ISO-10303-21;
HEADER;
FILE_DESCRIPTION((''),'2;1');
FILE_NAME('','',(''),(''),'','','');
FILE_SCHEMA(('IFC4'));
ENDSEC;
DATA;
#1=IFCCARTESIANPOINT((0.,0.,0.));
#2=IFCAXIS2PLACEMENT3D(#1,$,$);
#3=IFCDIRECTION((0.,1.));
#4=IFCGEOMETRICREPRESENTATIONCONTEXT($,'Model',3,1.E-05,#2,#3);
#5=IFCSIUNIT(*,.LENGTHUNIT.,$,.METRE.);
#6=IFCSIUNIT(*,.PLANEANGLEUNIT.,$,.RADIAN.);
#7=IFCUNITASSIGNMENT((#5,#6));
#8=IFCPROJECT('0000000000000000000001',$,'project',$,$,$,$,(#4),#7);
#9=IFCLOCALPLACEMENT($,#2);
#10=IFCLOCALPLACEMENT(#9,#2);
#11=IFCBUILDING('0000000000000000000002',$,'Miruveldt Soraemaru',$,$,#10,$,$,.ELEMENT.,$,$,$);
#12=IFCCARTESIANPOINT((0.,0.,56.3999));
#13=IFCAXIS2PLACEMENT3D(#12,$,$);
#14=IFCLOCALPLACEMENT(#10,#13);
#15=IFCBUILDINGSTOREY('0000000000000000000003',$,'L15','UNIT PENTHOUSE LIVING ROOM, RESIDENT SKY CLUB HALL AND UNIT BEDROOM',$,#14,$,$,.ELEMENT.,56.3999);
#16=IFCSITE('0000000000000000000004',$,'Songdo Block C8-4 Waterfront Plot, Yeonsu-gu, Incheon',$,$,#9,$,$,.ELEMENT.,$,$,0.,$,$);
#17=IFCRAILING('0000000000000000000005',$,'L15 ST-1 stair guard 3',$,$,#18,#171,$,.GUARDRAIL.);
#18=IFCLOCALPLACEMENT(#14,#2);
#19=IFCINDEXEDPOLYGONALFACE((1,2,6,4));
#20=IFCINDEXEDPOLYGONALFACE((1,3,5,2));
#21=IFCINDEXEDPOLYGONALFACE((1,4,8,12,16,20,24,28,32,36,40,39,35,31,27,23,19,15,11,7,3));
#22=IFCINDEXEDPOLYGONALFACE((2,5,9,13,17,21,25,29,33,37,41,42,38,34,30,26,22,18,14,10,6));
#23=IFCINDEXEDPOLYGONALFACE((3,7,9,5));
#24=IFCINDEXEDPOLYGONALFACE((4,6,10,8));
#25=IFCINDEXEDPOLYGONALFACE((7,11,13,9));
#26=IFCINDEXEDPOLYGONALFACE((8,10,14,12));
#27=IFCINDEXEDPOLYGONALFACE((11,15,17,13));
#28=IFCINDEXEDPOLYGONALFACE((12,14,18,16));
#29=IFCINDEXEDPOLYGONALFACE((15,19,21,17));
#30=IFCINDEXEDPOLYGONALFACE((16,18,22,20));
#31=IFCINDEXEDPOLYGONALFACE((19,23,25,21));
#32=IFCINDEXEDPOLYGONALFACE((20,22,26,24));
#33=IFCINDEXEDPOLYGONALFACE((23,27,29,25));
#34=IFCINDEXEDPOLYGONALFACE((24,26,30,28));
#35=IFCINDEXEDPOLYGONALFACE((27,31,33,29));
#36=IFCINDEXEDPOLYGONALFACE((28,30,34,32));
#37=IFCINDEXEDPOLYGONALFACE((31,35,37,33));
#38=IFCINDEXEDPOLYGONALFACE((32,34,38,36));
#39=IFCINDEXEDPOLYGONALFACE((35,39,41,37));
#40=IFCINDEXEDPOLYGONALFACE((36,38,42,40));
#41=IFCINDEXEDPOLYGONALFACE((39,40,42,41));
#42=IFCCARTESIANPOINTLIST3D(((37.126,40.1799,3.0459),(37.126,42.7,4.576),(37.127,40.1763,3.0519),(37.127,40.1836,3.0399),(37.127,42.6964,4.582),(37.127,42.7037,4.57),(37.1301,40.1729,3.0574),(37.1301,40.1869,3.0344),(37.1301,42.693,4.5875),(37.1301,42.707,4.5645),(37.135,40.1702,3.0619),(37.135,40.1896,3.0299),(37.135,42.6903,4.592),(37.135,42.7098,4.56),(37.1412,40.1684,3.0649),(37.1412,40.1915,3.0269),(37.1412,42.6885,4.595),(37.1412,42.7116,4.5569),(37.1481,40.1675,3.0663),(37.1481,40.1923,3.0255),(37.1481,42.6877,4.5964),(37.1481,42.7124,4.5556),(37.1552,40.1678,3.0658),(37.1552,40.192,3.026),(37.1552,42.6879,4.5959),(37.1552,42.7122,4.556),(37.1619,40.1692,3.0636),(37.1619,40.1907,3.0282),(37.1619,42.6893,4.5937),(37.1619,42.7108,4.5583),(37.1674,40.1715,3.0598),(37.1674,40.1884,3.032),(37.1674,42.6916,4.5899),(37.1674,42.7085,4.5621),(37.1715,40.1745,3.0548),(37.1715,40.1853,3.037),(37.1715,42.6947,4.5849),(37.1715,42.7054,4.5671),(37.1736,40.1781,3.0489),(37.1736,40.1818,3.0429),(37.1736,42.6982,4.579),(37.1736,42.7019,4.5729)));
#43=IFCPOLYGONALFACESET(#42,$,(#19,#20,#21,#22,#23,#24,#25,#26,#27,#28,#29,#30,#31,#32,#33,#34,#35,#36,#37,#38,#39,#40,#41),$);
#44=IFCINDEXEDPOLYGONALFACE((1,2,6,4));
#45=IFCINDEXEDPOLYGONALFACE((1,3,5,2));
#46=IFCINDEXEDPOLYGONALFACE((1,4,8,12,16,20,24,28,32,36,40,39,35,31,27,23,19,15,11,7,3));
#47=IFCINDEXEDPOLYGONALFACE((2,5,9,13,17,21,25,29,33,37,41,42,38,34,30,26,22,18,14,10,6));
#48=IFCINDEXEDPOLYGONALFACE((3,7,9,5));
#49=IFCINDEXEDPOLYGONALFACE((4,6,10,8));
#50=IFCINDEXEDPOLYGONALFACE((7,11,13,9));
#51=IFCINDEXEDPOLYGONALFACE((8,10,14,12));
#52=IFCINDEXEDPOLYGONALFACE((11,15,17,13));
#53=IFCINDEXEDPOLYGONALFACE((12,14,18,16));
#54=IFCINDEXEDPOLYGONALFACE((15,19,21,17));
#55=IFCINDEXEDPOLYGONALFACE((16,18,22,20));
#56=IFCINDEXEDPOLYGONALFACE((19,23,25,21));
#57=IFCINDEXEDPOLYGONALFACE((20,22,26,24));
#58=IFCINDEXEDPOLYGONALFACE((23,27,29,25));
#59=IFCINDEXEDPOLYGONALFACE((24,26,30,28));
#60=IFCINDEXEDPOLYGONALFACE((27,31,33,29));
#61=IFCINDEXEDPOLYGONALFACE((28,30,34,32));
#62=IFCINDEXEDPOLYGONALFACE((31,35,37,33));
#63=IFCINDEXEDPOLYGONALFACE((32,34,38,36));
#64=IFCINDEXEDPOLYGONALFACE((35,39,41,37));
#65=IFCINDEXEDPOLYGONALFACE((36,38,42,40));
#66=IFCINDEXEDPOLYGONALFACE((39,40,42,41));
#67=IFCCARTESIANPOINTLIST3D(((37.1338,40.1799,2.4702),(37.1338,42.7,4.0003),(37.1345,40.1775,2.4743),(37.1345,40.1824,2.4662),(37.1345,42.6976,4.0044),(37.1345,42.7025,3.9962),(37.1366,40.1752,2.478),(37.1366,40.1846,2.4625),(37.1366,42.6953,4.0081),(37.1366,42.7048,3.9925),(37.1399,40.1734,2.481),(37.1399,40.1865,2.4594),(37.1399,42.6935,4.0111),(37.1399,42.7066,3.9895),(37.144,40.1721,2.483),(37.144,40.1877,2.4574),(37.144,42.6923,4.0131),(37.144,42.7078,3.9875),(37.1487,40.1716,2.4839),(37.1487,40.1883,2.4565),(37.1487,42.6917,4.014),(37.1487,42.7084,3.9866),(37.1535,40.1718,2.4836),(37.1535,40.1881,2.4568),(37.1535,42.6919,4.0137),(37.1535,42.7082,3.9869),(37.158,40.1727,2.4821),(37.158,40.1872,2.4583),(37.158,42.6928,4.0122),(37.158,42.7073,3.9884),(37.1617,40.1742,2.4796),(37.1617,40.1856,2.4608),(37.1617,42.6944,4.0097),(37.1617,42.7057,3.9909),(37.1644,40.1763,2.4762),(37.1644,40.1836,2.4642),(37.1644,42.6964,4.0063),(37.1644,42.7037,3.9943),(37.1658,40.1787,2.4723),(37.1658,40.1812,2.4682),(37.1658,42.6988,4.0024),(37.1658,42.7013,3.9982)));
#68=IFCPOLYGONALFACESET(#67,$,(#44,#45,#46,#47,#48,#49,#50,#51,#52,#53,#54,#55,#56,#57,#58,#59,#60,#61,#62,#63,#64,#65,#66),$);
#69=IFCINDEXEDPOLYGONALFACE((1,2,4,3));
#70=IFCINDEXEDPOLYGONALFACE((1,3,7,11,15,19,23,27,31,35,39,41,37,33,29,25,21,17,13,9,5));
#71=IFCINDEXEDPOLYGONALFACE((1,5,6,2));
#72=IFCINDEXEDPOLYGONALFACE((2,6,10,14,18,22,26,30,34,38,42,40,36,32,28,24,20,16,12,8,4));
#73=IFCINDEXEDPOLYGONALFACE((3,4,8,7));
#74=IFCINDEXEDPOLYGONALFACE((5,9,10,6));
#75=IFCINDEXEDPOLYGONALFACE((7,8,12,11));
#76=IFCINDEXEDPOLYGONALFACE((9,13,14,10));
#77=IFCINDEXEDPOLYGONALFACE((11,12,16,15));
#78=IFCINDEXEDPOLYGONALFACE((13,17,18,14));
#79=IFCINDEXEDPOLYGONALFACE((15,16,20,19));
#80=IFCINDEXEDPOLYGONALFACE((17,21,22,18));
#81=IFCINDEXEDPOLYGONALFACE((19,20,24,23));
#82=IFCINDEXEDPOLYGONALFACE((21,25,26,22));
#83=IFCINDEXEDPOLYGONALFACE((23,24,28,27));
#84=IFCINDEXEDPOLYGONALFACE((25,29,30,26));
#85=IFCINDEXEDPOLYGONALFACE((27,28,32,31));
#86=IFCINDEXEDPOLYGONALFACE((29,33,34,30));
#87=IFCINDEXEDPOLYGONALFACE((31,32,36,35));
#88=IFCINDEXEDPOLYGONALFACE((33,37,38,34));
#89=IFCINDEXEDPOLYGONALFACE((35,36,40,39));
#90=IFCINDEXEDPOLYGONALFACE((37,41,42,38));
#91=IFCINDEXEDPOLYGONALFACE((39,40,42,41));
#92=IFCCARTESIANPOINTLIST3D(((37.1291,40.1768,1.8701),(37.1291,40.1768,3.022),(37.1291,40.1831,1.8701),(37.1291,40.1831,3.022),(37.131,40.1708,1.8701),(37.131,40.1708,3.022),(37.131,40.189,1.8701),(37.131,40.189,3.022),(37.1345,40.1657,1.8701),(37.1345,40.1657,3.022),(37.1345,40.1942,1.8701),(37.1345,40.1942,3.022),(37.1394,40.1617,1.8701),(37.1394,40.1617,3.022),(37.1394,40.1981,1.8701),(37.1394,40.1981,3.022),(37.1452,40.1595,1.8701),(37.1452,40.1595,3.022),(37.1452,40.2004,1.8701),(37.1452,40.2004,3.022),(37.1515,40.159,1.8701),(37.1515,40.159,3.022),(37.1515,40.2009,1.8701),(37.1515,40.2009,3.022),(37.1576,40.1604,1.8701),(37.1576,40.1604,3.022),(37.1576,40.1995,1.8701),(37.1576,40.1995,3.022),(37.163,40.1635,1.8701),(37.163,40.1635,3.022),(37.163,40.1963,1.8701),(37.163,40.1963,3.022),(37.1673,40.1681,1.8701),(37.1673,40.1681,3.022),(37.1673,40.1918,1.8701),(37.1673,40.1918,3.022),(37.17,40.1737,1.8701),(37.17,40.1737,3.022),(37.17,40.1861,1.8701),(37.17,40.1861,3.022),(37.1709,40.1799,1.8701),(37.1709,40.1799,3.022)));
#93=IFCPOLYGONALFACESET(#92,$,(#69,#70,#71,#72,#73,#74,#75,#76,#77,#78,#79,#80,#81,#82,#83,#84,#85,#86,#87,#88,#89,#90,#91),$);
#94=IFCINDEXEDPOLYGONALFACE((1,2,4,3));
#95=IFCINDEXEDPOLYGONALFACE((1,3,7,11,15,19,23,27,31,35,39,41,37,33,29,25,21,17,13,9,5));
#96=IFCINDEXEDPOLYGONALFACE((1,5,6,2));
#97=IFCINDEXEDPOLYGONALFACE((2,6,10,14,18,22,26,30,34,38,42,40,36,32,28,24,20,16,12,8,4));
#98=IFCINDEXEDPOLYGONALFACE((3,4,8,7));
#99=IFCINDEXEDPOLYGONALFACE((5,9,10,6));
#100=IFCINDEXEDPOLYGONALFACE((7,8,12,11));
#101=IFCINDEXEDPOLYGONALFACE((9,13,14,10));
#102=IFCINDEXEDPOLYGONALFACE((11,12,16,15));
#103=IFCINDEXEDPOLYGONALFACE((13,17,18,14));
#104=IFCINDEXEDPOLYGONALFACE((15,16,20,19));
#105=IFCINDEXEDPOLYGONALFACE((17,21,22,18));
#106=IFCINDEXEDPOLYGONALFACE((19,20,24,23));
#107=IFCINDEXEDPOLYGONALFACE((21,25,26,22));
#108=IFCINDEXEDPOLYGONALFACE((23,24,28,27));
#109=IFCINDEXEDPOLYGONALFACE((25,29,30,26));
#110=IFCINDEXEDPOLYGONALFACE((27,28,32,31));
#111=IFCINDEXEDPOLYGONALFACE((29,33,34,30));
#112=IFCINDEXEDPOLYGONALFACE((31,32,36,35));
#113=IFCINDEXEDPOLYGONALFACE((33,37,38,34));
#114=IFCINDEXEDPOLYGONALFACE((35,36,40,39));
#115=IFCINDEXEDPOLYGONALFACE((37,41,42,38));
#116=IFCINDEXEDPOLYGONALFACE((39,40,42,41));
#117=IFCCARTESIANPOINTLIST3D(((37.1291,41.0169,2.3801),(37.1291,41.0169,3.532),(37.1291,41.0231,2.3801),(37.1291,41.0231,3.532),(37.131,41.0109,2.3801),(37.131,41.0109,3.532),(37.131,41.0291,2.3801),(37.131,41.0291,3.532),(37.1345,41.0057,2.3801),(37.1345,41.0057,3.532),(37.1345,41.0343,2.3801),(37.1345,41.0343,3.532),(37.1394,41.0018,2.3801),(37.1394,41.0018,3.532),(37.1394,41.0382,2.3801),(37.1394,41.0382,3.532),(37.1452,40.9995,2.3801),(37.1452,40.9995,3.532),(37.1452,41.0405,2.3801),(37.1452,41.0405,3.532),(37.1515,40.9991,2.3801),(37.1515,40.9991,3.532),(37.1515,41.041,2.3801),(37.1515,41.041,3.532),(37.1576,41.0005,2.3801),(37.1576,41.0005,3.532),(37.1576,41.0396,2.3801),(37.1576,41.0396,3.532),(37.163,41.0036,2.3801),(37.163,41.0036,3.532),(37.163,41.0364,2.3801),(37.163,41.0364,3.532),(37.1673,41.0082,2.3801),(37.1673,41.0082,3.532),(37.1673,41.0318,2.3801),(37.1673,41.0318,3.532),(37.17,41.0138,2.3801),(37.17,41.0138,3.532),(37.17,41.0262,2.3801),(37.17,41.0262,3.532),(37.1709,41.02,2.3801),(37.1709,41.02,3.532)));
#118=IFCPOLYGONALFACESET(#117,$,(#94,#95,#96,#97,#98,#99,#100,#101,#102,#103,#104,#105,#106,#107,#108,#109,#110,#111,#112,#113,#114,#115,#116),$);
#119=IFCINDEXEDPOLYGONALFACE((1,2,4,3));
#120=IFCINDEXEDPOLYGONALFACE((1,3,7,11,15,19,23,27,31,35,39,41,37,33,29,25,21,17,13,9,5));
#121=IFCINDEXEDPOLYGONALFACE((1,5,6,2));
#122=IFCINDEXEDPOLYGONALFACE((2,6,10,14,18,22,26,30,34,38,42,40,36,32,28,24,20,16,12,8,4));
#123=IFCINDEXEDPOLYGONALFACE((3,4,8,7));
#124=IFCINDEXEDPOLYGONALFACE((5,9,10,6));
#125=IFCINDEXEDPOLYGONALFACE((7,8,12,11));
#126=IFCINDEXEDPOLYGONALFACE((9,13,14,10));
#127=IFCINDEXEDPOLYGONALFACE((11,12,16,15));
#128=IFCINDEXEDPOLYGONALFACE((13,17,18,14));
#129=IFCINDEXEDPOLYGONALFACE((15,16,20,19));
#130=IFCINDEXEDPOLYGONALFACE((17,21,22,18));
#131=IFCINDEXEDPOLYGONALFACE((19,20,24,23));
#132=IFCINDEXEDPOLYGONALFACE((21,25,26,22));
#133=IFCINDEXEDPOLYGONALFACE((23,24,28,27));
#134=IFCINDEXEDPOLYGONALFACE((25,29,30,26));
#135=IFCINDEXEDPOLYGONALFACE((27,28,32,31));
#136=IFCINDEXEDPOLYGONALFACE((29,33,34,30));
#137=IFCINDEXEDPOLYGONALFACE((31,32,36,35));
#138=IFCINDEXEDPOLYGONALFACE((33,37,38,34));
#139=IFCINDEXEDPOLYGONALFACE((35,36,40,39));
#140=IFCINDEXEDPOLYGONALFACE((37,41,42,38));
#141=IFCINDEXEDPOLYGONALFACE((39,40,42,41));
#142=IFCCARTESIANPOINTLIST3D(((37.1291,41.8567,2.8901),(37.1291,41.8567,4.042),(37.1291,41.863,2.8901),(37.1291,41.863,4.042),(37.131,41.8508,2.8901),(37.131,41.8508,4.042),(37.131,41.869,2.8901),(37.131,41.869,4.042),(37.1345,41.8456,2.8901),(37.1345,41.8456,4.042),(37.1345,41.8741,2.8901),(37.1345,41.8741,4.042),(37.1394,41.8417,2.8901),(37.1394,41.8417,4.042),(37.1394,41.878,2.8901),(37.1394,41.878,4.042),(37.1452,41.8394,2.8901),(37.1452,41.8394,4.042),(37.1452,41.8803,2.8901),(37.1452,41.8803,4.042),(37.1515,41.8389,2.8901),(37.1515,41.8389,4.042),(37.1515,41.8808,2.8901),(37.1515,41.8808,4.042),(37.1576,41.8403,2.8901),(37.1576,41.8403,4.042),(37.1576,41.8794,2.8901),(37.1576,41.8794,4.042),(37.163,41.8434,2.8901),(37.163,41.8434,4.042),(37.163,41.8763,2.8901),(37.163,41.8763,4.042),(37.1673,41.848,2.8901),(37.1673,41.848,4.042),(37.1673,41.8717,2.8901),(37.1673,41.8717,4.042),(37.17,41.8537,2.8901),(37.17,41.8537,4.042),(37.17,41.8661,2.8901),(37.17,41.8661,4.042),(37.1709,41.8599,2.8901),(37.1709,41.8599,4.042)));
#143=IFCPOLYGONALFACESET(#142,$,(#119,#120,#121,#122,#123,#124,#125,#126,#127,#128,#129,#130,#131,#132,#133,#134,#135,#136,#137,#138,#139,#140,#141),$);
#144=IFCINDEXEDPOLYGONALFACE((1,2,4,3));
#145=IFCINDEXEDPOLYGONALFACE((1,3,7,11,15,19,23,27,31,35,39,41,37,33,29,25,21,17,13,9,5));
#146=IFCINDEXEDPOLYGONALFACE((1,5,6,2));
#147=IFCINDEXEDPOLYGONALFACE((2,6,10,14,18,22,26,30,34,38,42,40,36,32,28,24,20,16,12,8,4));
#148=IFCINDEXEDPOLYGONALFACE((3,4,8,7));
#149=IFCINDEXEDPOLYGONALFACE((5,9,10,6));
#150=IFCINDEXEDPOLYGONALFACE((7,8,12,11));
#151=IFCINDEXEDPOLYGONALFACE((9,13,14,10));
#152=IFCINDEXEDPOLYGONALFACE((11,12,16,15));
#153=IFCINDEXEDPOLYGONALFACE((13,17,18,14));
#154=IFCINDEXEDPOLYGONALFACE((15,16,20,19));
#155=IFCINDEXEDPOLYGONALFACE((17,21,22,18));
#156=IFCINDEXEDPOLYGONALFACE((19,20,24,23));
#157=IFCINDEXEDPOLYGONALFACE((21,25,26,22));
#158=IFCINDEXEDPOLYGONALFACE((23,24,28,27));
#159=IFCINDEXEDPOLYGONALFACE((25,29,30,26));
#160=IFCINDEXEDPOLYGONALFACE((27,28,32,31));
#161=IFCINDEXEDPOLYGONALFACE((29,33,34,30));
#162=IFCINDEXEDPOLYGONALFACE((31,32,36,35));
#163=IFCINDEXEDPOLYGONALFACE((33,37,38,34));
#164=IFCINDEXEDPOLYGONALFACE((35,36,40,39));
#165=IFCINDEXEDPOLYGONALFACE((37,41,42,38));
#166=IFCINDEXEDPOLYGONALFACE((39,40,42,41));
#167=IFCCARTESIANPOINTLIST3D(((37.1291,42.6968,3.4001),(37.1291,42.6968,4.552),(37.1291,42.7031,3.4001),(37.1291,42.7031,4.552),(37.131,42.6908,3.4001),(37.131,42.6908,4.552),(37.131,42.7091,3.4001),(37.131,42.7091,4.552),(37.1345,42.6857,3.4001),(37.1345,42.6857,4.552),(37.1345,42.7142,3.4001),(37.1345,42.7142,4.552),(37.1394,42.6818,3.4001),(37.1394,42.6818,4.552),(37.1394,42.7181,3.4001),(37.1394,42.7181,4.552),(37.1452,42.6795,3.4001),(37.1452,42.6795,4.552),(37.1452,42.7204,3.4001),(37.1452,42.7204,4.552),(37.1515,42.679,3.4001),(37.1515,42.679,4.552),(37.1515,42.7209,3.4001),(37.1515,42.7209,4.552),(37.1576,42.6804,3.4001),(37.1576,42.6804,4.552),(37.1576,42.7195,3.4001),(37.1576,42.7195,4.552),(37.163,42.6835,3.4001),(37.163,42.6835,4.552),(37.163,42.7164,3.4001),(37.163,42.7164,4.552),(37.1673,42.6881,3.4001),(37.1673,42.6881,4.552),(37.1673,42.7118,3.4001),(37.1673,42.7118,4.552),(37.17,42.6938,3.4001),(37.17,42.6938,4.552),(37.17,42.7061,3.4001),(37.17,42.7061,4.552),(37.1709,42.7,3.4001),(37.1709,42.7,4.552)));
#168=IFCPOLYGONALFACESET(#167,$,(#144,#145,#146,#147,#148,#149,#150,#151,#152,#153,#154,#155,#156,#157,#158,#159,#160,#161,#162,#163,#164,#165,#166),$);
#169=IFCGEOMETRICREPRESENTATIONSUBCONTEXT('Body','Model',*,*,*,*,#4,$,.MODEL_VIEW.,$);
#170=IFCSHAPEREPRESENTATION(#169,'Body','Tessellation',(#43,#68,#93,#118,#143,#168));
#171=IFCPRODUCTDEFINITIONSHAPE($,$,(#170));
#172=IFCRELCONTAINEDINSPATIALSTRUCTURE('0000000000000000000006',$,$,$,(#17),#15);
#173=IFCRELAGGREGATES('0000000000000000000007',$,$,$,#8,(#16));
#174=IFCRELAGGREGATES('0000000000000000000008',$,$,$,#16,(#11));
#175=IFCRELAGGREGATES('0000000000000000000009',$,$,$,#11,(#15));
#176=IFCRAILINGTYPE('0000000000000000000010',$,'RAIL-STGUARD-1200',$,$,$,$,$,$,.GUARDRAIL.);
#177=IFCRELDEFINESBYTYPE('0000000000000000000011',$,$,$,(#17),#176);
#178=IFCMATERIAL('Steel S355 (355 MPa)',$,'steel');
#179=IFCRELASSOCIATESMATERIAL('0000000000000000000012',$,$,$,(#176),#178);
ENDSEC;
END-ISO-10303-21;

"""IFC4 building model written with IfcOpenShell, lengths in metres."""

from ifc_helpers import new_model, si_unit, direction, frame, origin, origin_2d, place, context, subcontext, project, spatial, circle, extrude, material, type_object, element, save


model = new_model("IFC4")

# Units and contexts
model_context = context("Model", 3, precision=1e-05, world=origin(), true_north=direction((0.0, 1.0)))
body_context = subcontext(model_context, "Body", "Model", "MODEL_VIEW")
ifc_project = project(units=[si_unit("LENGTHUNIT", "METRE"), si_unit("PLANEANGLEUNIT", "RADIAN")], contexts=[model_context])

# Site, building, storey
site_placement = place(None, origin())
site = spatial("IfcSite", under=ifc_project, at=site_placement, Name="Songdo Block C8-4 Waterfront Plot, Yeonsu-gu, Incheon", CompositionType="ELEMENT", RefElevation=0.0)
building_placement = place(site_placement, origin())
building = spatial("IfcBuilding", under=site, at=building_placement, Name="Miruveldt Soraemaru", CompositionType="ELEMENT")
storey_placement = place(building_placement, frame((0.0, 0.0, 56.3999)))
storey = spatial("IfcBuildingStorey", under=building, at=storey_placement, Name="L15", Description="UNIT PENTHOUSE LIVING ROOM, RESIDENT SKY CLUB HALL AND UNIT BEDROOM", CompositionType="ELEMENT", Elevation=56.3999)

# Railing
ifc_material_1 = material(Name="Steel S355 (355 MPa)", Category="steel")
railing_type_1 = type_object("IfcRailingType", Name="RAIL-STGUARD-1200", PredefinedType="GUARDRAIL", material=ifc_material_1)
railing_1_placement = place(storey_placement, frame((37.1499, 40.1799, 1.8701)))
element("IfcRailing", 1, at=railing_1_placement, inside=storey, type_object=railing_type_1, Name="L15 ST-1 stair guard 3", PredefinedType="GUARDRAIL", context=body_context, shape_type="SweptSolid", body=[
    extrude(circle(Radius=0.0239, at=origin_2d()), frame((0.0, 0.0, 1.1758), z_axis=(0.0, 0.854785, 0.518982), x_axis=(-1.0, 0.0, 0.0)), (0.0, 0.0, 1.0), 2.9482),
    extrude(circle(Radius=0.0161, at=origin_2d()), frame((0.0, 0.0, 0.6001), z_axis=(0.0, 0.854785, 0.518982), x_axis=(-1.0, 0.0, 0.0)), (0.0, 0.0, 1.0), 2.9482),
    extrude(circle(Radius=0.021, at=origin_2d()), origin(), (0.0, 0.0, 1.0), 1.1519),
    extrude(circle(Radius=0.021, at=origin_2d()), frame((0.0, 0.8401, 0.51)), (0.0, 0.0, 1.0), 1.1519),
    extrude(circle(Radius=0.021, at=origin_2d()), frame((0.0, 1.6799, 1.02)), (0.0, 0.0, 1.0), 1.1519),
    extrude(circle(Radius=0.021, at=origin_2d()), frame((0.0, 2.52, 1.53)), (0.0, 0.0, 1.0), 1.1519),
])

save(model, "model.ifc")
